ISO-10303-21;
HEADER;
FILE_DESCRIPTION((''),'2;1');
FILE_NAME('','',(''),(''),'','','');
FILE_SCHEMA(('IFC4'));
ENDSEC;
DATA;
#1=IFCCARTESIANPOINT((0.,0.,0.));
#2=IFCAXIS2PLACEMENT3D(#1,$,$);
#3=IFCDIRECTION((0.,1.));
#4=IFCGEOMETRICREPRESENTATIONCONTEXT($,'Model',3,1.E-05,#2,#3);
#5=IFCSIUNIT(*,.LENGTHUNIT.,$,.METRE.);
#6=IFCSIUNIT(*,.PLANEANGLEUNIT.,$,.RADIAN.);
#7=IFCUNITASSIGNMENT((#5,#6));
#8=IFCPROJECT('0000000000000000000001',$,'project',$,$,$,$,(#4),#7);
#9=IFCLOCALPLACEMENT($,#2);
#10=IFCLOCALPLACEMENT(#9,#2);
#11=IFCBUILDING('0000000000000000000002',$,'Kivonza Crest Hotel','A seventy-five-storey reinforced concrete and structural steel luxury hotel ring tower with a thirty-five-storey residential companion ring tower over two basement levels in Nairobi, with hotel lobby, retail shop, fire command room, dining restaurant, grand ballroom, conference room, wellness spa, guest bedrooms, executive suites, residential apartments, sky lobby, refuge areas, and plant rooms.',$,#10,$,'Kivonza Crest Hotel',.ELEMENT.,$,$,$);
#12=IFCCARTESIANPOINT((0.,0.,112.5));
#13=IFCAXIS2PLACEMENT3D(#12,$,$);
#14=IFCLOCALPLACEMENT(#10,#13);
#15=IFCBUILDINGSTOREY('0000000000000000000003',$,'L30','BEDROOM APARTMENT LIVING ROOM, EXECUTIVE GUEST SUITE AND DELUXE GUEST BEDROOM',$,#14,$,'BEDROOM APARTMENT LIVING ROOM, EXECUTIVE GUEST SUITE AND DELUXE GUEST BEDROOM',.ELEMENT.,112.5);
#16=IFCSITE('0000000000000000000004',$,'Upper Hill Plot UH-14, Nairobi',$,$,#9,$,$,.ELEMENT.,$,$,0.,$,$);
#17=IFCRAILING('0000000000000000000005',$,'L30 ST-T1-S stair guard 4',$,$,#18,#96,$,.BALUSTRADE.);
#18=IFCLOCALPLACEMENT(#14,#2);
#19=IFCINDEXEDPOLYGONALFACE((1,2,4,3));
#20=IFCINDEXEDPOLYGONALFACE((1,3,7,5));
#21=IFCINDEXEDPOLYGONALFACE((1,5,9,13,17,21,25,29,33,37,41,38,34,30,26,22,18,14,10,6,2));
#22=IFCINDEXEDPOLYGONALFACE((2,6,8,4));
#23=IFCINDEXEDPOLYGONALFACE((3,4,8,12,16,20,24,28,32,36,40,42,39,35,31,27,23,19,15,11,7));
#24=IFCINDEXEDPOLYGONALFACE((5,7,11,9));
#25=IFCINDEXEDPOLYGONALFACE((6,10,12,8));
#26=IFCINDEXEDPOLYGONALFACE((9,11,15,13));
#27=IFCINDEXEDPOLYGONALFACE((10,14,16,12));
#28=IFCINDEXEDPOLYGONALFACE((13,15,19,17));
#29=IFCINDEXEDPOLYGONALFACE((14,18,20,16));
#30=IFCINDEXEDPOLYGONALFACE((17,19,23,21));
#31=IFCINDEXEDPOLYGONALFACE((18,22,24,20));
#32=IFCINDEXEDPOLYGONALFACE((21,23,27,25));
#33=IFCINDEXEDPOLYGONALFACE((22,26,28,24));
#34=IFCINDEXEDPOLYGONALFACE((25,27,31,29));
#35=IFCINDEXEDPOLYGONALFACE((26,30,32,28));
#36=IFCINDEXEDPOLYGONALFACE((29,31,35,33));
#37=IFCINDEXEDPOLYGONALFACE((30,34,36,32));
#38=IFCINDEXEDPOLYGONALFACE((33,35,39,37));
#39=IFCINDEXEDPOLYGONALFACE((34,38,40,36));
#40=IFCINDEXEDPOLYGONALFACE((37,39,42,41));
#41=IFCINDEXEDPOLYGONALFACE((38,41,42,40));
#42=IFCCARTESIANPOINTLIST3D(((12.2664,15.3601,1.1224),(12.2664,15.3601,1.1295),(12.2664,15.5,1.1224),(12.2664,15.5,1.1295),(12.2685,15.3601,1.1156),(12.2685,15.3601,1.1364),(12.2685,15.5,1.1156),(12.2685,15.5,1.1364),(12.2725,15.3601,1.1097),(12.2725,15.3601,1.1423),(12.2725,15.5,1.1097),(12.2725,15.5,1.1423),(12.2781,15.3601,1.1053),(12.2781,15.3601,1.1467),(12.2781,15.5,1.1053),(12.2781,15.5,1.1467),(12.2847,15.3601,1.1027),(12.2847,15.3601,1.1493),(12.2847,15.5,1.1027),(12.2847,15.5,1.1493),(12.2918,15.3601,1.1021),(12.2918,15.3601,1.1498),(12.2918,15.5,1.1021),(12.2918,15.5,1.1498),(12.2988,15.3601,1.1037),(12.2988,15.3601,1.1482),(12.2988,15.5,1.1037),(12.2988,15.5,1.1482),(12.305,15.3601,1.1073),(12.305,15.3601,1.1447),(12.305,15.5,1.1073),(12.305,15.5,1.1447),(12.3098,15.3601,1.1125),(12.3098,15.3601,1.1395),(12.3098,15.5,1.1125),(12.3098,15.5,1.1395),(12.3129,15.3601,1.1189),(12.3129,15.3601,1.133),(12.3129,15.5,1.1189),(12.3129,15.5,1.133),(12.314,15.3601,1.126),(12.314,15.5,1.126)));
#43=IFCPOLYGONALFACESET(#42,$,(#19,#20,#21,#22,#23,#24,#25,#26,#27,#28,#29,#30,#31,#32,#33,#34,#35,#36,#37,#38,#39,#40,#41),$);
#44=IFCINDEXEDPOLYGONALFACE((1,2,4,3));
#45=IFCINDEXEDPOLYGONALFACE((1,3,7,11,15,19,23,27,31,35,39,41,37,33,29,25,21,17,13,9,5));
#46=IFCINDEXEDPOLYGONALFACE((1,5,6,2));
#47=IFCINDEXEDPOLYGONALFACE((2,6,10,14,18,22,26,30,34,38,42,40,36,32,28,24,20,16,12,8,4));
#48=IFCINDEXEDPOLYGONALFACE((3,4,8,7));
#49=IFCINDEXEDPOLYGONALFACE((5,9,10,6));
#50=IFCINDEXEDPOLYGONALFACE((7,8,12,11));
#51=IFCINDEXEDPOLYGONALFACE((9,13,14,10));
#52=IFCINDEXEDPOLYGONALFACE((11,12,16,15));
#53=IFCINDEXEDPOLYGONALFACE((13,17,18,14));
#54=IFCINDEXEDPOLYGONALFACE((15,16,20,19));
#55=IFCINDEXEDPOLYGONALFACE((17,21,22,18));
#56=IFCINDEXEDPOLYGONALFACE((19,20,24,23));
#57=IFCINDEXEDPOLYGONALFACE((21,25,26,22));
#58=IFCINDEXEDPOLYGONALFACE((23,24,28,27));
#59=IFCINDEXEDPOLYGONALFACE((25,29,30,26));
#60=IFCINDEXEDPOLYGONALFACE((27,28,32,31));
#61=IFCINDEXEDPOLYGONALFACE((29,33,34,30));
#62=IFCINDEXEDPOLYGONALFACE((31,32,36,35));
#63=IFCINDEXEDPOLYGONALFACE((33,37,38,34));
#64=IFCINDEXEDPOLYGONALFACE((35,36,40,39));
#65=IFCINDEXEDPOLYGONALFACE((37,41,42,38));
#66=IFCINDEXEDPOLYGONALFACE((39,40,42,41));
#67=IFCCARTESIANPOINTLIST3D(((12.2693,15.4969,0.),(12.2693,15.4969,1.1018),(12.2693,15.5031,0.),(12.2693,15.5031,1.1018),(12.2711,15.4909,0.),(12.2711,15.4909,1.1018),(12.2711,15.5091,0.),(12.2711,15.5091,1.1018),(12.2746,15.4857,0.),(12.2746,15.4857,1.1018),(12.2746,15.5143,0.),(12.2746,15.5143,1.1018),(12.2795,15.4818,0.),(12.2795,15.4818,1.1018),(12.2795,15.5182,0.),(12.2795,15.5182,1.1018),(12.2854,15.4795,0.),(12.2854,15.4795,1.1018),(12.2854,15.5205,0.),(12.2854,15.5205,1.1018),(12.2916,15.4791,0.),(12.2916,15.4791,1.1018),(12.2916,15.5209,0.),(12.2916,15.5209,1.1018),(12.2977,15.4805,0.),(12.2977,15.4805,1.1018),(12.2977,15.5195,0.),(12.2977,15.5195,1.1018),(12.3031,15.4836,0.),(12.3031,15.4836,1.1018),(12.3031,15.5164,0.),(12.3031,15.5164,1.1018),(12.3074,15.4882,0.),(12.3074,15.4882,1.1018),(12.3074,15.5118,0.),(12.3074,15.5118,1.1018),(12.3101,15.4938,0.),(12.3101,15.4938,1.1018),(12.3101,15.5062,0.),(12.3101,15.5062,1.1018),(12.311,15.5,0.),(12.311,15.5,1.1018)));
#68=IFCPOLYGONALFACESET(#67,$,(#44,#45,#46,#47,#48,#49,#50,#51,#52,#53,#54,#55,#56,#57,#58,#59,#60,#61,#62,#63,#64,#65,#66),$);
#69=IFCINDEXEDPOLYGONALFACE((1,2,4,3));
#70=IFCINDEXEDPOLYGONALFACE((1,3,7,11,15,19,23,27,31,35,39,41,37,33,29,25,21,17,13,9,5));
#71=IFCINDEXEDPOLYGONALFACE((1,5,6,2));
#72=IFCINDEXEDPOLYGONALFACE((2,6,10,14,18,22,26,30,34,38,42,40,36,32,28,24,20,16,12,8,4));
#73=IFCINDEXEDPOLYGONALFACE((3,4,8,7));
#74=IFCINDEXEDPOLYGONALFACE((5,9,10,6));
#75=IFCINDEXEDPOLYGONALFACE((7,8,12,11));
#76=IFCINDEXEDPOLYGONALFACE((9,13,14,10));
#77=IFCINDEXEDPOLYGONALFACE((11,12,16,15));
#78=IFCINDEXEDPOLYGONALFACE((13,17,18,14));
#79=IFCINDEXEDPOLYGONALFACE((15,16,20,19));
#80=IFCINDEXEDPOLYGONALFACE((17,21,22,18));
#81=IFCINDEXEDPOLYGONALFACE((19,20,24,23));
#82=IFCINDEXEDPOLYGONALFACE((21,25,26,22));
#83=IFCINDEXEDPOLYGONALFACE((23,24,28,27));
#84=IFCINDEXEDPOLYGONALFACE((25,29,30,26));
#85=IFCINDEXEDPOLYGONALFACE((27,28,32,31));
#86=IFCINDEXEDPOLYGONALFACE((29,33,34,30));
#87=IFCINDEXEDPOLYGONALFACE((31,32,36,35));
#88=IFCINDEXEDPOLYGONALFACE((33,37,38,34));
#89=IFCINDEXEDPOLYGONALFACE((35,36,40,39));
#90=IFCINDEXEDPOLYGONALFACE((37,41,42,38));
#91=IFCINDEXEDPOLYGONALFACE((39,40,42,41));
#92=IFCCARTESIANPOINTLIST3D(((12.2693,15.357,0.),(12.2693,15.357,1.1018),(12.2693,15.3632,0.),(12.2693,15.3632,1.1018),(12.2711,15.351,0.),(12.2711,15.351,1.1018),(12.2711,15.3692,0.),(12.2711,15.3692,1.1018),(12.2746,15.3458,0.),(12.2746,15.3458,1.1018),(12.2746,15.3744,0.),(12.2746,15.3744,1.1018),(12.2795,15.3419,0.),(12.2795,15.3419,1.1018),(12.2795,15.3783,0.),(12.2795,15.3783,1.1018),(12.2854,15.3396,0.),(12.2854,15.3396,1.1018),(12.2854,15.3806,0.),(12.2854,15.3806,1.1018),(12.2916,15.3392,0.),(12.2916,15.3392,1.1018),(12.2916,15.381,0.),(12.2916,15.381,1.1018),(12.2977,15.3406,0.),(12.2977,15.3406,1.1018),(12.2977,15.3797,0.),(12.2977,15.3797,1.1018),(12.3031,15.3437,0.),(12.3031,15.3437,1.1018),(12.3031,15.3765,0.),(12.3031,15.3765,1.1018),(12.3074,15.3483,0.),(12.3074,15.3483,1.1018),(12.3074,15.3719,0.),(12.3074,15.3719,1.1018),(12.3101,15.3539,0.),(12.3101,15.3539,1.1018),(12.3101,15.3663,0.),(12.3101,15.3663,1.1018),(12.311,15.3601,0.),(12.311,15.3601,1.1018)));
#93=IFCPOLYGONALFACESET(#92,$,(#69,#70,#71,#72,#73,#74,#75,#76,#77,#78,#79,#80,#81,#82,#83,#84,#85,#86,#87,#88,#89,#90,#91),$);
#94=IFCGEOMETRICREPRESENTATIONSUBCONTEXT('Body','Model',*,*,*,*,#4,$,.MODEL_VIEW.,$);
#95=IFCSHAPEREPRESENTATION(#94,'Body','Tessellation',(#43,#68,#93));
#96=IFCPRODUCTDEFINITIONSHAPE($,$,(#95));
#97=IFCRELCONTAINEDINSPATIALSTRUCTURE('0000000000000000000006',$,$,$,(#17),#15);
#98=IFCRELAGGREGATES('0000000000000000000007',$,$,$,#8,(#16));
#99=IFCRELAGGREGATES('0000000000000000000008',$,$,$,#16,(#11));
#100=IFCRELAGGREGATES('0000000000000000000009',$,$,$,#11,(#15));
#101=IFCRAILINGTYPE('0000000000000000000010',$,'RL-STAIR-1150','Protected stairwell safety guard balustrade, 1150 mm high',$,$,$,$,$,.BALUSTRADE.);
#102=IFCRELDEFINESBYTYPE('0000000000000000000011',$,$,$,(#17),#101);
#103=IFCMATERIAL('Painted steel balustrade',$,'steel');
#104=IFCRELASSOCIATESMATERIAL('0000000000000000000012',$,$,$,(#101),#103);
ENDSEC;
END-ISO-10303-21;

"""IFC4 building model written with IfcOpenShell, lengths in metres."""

from ifc_helpers import new_model, si_unit, direction, frame, origin, origin_2d, place, context, subcontext, project, spatial, circle, extrude, material, type_object, element, save


model = new_model("IFC4")

# Units and contexts
model_context = context("Model", 3, precision=1e-05, world=origin(), true_north=direction((0.0, 1.0)))
body_context = subcontext(model_context, "Body", "Model", "MODEL_VIEW")
ifc_project = project(units=[si_unit("LENGTHUNIT", "METRE"), si_unit("PLANEANGLEUNIT", "RADIAN")], contexts=[model_context])

# Site, building, storey
site_placement = place(None, origin())
site = spatial("IfcSite", under=ifc_project, at=site_placement, Name="Upper Hill Plot UH-14, Nairobi", CompositionType="ELEMENT", RefElevation=0.0)
building_placement = place(site_placement, origin())
building = spatial("IfcBuilding", under=site, at=building_placement, Name="Kivonza Crest Hotel", Description="A seventy-five-storey reinforced concrete and structural steel luxury hotel ring tower with a thirty-five-storey residential companion ring tower over two basement levels in Nairobi, with hotel lobby, retail shop, fire command room, dining restaurant, grand ballroom, conference room, wellness spa, guest bedrooms, executive suites, residential apartments, sky lobby, refuge areas, and plant rooms.", LongName="Kivonza Crest Hotel", CompositionType="ELEMENT")
storey_placement = place(building_placement, frame((0.0, 0.0, 112.5)))
storey = spatial("IfcBuildingStorey", under=building, at=storey_placement, Name="L30", Description="BEDROOM APARTMENT LIVING ROOM, EXECUTIVE GUEST SUITE AND DELUXE GUEST BEDROOM", LongName="BEDROOM APARTMENT LIVING ROOM, EXECUTIVE GUEST SUITE AND DELUXE GUEST BEDROOM", CompositionType="ELEMENT", Elevation=112.5)

# Railing
ifc_material_1 = material(Name="Painted steel balustrade", Category="steel")
railing_type_1 = type_object("IfcRailingType", Name="RL-STAIR-1150", Description="Protected stairwell safety guard balustrade, 1150 mm high", PredefinedType="BALUSTRADE", material=ifc_material_1)
railing_1_placement = place(storey_placement, frame((12.29, 15.5, 0.0)))
element("IfcRailing", 1, at=railing_1_placement, inside=storey, type_object=railing_type_1, Name="L30 ST-T1-S stair guard 4", PredefinedType="BALUSTRADE", context=body_context, shape_type="SweptSolid", body=[
    extrude(circle(Radius=0.0239, at=origin_2d()), frame((0.0, 0.0, 1.126), z_axis=(0.0, -1.0, 0.0), x_axis=(1.0, 0.0, 0.0)), (0.0, 0.0, 1.0), 0.1399),
    extrude(circle(Radius=0.021, at=origin_2d()), origin(), (0.0, 0.0, 1.0), 1.1018),
    extrude(circle(Radius=0.021, at=origin_2d()), frame((0.0, -0.1399, 0.0)), (0.0, 0.0, 1.0), 1.1018),
])

save(model, "model.ifc")
